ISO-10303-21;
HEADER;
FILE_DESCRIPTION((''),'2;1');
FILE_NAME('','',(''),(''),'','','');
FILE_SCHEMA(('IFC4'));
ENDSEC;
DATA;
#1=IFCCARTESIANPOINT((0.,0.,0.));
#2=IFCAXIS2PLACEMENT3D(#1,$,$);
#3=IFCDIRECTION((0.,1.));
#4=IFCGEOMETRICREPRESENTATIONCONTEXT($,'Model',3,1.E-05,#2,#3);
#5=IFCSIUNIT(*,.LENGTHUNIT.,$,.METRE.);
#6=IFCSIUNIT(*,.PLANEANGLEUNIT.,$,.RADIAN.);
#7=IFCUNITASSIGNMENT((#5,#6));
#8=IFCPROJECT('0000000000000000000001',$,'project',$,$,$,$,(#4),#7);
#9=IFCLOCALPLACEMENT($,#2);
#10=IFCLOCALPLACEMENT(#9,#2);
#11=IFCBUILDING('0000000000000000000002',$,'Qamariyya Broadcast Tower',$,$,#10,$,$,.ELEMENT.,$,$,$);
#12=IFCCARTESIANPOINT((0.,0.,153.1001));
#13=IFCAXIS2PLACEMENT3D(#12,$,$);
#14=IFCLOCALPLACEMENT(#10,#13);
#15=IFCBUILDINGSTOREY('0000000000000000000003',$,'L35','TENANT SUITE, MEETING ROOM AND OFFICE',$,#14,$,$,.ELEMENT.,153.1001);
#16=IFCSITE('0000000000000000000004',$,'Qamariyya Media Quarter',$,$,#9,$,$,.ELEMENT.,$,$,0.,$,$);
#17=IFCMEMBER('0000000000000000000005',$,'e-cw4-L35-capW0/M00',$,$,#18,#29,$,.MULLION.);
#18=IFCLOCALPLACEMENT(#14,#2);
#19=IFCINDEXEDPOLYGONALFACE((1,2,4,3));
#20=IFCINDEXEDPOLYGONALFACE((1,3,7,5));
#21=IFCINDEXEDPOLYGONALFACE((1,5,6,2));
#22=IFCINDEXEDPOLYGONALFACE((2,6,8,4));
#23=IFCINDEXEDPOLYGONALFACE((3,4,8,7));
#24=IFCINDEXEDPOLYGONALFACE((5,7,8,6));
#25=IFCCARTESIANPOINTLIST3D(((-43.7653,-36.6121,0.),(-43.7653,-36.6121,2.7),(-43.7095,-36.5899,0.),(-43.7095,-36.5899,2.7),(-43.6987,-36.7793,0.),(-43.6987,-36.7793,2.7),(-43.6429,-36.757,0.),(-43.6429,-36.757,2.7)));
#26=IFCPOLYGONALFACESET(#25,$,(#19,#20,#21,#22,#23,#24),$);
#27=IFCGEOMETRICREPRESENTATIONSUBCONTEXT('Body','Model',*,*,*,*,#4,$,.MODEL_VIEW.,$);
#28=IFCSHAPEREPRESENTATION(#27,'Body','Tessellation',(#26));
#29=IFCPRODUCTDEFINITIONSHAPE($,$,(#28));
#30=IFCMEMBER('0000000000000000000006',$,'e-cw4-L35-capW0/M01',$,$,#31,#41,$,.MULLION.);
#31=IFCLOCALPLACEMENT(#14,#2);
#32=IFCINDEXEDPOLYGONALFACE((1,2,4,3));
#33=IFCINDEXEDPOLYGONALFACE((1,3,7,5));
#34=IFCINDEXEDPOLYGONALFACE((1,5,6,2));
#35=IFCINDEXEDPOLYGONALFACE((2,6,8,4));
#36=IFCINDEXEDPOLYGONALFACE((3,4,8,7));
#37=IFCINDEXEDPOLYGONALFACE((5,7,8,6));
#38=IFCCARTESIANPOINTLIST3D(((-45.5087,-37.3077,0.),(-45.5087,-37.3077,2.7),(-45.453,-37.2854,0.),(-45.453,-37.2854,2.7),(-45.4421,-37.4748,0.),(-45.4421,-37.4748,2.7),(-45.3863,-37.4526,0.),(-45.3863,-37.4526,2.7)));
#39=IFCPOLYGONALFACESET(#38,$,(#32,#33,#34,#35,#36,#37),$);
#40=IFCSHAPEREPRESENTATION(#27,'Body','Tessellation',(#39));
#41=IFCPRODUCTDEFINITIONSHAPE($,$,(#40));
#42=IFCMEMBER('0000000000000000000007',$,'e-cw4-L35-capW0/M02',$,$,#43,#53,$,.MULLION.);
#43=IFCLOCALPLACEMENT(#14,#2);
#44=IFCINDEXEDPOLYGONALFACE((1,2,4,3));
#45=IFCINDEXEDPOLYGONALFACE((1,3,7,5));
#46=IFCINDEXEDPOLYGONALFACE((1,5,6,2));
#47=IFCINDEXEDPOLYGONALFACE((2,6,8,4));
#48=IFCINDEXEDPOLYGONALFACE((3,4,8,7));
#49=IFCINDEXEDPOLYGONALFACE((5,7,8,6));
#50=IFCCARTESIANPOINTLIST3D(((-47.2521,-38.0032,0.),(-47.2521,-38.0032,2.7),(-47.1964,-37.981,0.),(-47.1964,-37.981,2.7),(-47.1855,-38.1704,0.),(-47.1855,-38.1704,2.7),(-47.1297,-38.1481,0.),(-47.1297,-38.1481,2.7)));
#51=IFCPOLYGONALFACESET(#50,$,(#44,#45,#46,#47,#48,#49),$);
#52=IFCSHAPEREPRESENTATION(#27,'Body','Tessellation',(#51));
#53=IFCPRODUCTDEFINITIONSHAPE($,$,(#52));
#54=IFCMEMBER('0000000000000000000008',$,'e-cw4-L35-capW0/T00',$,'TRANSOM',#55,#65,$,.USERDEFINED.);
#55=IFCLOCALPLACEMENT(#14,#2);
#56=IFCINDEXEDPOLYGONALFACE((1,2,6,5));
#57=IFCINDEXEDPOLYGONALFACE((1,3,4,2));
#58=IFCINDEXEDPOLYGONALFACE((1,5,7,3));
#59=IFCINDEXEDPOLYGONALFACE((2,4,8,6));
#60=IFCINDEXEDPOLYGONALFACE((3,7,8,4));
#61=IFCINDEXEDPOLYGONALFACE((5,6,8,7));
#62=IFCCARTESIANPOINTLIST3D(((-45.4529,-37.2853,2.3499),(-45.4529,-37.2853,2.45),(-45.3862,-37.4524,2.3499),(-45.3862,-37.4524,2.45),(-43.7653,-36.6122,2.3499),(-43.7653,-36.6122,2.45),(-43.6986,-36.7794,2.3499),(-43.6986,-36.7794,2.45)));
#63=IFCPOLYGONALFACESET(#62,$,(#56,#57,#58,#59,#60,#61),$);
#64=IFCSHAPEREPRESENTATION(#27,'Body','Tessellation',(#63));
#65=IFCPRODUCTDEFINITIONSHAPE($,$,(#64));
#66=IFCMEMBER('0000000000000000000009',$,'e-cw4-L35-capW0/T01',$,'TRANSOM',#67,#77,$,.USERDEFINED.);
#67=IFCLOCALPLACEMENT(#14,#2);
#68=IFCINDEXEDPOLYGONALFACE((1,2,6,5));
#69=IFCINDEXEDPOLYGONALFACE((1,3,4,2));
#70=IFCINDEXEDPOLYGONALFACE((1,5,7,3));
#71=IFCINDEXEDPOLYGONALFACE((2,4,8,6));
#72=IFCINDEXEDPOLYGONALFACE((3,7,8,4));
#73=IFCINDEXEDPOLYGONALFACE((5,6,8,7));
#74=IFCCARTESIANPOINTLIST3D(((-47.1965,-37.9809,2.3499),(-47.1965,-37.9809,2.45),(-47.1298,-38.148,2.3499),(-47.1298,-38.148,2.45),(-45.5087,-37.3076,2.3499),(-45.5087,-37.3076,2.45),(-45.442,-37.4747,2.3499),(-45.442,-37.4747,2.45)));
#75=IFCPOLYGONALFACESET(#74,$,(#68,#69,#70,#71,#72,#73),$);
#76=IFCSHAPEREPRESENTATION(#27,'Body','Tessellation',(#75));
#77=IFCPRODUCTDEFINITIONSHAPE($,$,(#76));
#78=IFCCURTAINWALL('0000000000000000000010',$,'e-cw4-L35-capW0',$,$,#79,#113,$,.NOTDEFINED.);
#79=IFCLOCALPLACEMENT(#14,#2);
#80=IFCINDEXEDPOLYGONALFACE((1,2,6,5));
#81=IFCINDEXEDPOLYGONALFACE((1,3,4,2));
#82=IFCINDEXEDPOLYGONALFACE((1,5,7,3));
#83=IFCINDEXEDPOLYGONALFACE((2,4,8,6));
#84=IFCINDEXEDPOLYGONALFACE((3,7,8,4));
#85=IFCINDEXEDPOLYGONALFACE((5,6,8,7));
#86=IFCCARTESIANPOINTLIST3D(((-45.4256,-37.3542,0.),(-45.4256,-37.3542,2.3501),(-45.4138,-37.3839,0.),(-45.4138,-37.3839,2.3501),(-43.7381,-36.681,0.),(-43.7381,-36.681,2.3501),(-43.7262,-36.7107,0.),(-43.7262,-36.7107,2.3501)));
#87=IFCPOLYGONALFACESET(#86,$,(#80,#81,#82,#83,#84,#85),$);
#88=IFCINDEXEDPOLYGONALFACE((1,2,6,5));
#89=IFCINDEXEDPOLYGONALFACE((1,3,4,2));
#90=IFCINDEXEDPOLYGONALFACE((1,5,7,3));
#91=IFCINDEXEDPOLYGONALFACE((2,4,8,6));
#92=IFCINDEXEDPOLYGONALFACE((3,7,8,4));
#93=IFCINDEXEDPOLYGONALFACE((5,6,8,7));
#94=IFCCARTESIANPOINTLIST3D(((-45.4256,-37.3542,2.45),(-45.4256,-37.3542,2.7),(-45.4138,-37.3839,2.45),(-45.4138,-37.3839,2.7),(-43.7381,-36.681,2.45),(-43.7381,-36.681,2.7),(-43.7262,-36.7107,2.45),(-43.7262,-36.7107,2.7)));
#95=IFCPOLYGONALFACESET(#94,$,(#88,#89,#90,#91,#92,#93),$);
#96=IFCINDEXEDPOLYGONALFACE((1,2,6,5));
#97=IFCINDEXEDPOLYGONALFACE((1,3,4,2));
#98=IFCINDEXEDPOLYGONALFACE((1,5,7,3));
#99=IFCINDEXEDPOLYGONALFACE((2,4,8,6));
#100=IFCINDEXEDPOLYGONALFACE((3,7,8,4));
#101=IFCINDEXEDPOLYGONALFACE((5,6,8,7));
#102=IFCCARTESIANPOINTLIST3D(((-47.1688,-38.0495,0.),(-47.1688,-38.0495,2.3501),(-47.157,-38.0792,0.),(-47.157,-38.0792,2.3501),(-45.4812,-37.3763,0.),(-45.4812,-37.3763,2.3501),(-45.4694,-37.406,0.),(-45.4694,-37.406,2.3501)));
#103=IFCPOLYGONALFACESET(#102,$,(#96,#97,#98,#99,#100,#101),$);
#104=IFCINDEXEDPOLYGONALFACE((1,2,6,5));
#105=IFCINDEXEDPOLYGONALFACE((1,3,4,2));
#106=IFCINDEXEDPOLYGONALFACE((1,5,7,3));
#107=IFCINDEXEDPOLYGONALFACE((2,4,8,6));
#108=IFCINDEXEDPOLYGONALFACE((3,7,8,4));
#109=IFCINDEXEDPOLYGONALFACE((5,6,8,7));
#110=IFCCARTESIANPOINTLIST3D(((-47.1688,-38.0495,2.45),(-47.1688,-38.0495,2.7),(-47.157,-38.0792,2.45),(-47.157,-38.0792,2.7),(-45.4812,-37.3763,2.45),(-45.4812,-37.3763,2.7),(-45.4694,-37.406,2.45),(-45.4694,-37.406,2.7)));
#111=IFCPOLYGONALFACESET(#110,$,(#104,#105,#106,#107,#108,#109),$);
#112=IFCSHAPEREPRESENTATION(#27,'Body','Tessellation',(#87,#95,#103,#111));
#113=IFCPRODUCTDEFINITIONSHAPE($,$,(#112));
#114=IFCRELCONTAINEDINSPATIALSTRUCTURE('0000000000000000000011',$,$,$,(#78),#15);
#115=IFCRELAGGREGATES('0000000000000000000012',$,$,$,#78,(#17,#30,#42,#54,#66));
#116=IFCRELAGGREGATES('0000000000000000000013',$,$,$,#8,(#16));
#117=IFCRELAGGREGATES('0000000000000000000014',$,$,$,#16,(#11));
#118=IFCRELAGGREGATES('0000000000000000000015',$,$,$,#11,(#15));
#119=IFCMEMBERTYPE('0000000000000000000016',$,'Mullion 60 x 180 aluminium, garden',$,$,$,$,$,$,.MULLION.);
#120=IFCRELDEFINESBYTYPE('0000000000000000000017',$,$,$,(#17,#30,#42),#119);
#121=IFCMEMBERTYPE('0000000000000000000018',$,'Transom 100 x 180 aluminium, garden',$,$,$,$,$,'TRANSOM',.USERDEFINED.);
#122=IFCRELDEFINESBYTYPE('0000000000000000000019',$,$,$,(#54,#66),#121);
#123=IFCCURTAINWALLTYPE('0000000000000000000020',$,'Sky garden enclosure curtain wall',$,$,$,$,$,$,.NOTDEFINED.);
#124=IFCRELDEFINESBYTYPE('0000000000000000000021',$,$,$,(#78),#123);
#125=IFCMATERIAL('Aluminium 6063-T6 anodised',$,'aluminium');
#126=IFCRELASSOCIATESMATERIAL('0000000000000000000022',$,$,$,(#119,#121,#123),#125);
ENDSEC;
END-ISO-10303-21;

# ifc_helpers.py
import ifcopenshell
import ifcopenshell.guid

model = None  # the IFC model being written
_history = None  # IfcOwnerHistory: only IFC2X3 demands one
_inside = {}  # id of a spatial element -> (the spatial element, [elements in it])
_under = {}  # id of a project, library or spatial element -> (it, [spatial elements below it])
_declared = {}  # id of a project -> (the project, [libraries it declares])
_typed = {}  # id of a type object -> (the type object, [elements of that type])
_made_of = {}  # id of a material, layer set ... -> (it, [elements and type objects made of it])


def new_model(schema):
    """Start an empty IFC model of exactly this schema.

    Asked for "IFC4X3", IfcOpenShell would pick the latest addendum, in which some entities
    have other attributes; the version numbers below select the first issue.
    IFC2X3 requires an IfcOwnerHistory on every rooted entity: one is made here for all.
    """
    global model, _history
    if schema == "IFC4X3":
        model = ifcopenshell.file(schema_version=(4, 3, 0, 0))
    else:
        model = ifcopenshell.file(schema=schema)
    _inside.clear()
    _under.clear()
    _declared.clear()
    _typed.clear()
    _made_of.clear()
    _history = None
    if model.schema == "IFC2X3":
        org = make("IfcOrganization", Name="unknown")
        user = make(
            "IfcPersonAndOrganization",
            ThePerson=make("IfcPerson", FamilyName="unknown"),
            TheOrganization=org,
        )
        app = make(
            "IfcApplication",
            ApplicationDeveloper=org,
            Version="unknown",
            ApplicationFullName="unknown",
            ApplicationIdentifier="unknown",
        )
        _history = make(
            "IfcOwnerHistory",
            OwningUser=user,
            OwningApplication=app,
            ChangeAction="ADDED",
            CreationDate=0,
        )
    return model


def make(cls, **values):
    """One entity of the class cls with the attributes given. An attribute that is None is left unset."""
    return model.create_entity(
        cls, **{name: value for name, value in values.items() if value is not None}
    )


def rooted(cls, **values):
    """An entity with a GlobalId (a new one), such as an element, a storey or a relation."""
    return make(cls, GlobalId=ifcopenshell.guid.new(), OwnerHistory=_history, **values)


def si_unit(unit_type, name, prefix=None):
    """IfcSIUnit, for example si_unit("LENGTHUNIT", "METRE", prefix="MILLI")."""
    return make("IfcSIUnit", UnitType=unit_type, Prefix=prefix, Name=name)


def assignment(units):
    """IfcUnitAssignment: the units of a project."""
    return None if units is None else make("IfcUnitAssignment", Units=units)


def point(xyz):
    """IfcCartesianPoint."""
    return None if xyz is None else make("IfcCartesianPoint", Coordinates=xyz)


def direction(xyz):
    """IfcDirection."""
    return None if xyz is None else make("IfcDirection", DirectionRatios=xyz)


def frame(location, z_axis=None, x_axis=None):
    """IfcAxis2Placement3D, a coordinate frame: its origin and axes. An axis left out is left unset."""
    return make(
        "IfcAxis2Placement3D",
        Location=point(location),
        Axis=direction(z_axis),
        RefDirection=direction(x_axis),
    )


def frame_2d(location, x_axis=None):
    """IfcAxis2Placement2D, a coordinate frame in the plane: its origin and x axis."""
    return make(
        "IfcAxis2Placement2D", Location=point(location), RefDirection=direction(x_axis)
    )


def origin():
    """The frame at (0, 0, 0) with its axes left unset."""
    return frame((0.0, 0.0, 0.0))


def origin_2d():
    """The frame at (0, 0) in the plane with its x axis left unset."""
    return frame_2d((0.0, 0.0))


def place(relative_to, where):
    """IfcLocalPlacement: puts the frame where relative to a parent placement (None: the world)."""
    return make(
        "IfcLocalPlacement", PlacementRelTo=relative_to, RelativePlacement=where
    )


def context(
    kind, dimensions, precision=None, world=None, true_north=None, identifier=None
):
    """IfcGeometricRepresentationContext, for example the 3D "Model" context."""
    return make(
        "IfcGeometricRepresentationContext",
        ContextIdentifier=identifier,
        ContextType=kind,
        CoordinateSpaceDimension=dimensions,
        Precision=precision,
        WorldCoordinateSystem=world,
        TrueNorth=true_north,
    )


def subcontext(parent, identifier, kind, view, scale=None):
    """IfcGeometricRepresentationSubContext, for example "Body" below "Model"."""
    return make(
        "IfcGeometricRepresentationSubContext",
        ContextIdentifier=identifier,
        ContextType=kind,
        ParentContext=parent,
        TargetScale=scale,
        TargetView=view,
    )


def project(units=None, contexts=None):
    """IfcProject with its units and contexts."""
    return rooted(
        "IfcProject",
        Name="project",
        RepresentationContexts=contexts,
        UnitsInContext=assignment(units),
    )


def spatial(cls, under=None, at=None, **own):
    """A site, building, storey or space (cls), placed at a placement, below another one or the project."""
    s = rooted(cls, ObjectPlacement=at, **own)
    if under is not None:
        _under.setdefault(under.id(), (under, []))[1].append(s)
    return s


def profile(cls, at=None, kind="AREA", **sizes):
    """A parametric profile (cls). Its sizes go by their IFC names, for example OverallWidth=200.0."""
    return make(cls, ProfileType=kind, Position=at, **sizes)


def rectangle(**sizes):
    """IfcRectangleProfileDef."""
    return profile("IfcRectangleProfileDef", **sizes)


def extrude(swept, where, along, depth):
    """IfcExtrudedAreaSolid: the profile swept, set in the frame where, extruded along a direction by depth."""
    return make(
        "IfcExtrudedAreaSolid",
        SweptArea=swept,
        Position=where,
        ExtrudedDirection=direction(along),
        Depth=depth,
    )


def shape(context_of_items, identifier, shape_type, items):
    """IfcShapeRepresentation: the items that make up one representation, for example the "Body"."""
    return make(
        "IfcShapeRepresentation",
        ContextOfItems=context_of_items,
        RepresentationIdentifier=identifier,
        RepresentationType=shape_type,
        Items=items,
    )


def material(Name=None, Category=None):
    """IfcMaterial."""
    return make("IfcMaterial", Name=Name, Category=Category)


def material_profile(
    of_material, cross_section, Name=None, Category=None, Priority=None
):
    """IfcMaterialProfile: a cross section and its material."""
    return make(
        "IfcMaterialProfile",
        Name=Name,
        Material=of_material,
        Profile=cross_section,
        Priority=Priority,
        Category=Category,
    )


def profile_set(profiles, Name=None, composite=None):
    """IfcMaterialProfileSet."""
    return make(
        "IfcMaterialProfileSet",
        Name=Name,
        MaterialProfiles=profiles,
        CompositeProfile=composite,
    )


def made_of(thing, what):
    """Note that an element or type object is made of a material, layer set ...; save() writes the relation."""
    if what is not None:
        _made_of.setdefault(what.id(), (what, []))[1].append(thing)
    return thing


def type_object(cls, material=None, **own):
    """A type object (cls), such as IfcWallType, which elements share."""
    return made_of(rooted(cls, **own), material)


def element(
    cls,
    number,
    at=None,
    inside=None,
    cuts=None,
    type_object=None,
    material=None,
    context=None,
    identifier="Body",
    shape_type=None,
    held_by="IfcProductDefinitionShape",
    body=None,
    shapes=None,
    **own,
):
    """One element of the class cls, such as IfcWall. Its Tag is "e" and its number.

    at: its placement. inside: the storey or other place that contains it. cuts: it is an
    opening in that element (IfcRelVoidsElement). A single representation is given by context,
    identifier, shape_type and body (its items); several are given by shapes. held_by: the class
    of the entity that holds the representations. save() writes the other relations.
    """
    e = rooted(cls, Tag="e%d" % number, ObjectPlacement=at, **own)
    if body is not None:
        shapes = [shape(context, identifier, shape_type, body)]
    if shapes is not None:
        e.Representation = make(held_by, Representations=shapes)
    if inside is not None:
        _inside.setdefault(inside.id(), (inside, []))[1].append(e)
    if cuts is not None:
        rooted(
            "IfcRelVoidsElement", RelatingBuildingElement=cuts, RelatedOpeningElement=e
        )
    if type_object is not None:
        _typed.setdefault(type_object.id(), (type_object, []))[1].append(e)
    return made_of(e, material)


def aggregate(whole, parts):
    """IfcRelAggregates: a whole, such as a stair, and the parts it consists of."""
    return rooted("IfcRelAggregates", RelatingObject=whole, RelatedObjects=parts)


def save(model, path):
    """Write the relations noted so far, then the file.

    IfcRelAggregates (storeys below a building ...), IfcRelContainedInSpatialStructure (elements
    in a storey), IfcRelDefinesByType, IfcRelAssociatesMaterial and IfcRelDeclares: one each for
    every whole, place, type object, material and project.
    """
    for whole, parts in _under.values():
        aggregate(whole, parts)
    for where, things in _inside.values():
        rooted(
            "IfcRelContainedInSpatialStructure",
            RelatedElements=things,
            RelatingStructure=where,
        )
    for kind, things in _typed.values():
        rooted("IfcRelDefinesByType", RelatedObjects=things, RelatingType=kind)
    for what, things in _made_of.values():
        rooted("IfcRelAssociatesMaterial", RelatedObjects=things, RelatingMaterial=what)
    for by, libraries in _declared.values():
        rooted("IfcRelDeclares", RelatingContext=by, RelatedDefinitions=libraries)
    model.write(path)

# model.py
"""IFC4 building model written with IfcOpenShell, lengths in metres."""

from ifc_helpers import new_model, si_unit, direction, frame, origin, origin_2d, place, context, subcontext, project, spatial, rectangle, extrude, material, material_profile, profile_set, type_object, element, aggregate, save


model = new_model("IFC4")

# Units and contexts
model_context = context("Model", 3, precision=1e-05, world=origin(), true_north=direction((0.0, 1.0)))
body_context = subcontext(model_context, "Body", "Model", "MODEL_VIEW")
ifc_project = project(units=[si_unit("LENGTHUNIT", "METRE"), si_unit("PLANEANGLEUNIT", "RADIAN")], contexts=[model_context])

# Members
ifc_material_1 = material(Name="Aluminium 6063-T6 anodised", Category="aluminium")
ifc_material_profile_1 = material_profile(ifc_material_1, rectangle(XDim=0.1799, YDim=0.0601, at=origin_2d()))
ifc_profile_set_1 = profile_set([ifc_material_profile_1], Name="Aluminium 6063-T6 anodised")
member_type_1 = type_object("IfcMemberType", Name="Mullion 60 x 180 aluminium, garden", PredefinedType="MULLION", material=ifc_profile_set_1)
site_placement = place(None, origin())
building_placement = place(site_placement, origin())
storey_placement = place(building_placement, frame((0.0, 0.0, 153.1001)))
member_1_placement = place(storey_placement, frame((-43.7041, -36.6846, 0.0), z_axis=(0.0, 0.0, 1.0), x_axis=(0.370523, -0.928823, 0.0)))
member_1 = element("IfcMember", 1, at=member_1_placement, type_object=member_type_1, Name="e-cw4-L35-capW0/M00", PredefinedType="MULLION", context=body_context, shape_type="SweptSolid", body=[
    extrude(rectangle(XDim=0.1799, YDim=0.0601, at=origin_2d()), origin(), (0.0, 0.0, 1.0), 2.7),
])
member_2_placement = place(storey_placement, frame((-45.4475, -37.3801, 0.0), z_axis=(0.0, 0.0, 1.0), x_axis=(0.370523, -0.928823, 0.0)))
member_2 = element("IfcMember", 2, at=member_2_placement, type_object=member_type_1, Name="e-cw4-L35-capW0/M01", PredefinedType="MULLION", context=body_context, shape_type="SweptSolid", body=[
    extrude(rectangle(XDim=0.1799, YDim=0.0601, at=origin_2d()), origin(), (0.0, 0.0, 1.0), 2.7),
])
member_3_placement = place(storey_placement, frame((-47.1909, -38.0757, 0.0), z_axis=(0.0, 0.0, 1.0), x_axis=(0.370523, -0.928823, 0.0)))
member_3 = element("IfcMember", 3, at=member_3_placement, type_object=member_type_1, Name="e-cw4-L35-capW0/M02", PredefinedType="MULLION", context=body_context, shape_type="SweptSolid", body=[
    extrude(rectangle(XDim=0.1799, YDim=0.0601, at=origin_2d()), origin(), (0.0, 0.0, 1.0), 2.7),
])
ifc_material_profile_2 = material_profile(ifc_material_1, rectangle(XDim=0.1799, YDim=0.1001, at=origin_2d()))
ifc_profile_set_2 = profile_set([ifc_material_profile_2], Name="Aluminium 6063-T6 anodised")
member_type_2 = type_object("IfcMemberType", Name="Transom 100 x 180 aluminium, garden", ElementType="TRANSOM", PredefinedType="USERDEFINED", material=ifc_profile_set_2)
member_4_placement = place(storey_placement, frame((-43.7319, -36.6958, 2.3999), z_axis=(-0.928856, -0.370441, 0.0), x_axis=(0.370441, -0.928856, 0.0)))
member_4 = element("IfcMember", 4, at=member_4_placement, type_object=member_type_2, Name="e-cw4-L35-capW0/T00", ObjectType="TRANSOM", PredefinedType="USERDEFINED", context=body_context, shape_type="SweptSolid", body=[
    extrude(rectangle(XDim=0.1799, YDim=0.1001, at=origin_2d()), origin(), (0.0, 0.0, 1.0), 1.8169),
])
member_5_placement = place(storey_placement, frame((-45.4753, -37.3911, 2.3999), z_axis=(-0.92881, -0.370557, 0.0), x_axis=(0.370557, -0.92881, 0.0)))
member_5 = element("IfcMember", 5, at=member_5_placement, type_object=member_type_2, Name="e-cw4-L35-capW0/T01", ObjectType="TRANSOM", PredefinedType="USERDEFINED", context=body_context, shape_type="SweptSolid", body=[
    extrude(rectangle(XDim=0.1799, YDim=0.1001, at=origin_2d()), origin(), (0.0, 0.0, 1.0), 1.8171),
])

# Site, building, storey
site = spatial("IfcSite", under=ifc_project, at=site_placement, Name="Qamariyya Media Quarter", CompositionType="ELEMENT", RefElevation=0.0)
building = spatial("IfcBuilding", under=site, at=building_placement, Name="Qamariyya Broadcast Tower", CompositionType="ELEMENT")
storey = spatial("IfcBuildingStorey", under=building, at=storey_placement, Name="L35", Description="TENANT SUITE, MEETING ROOM AND OFFICE", CompositionType="ELEMENT", Elevation=153.1001)

# Curtain wall
curtain_wall_type_1 = type_object("IfcCurtainWallType", Name="Sky garden enclosure curtain wall", PredefinedType="NOTDEFINED", material=ifc_material_1)
curtain_wall_1_placement = place(storey_placement, origin())
curtain_wall_1 = element("IfcCurtainWall", 6, at=curtain_wall_1_placement, inside=storey, type_object=curtain_wall_type_1, Name="e-cw4-L35-capW0", PredefinedType="NOTDEFINED", context=body_context, shape_type="SweptSolid", body=[
    extrude(rectangle(XDim=1.8169, YDim=0.032, at=origin_2d()), frame((-44.5759, -37.0325, 0.0), x_axis=(-0.928829, -0.370508, 0.0)), (0.0, 0.0, 1.0), 2.3501),
    extrude(rectangle(XDim=1.8169, YDim=0.032, at=origin_2d()), frame((-44.5759, -37.0325, 2.45), x_axis=(-0.928829, -0.370508, 0.0)), (0.0, 0.0, 1.0), 0.25),
    extrude(rectangle(XDim=1.8169, YDim=0.032, at=origin_2d()), frame((-46.3191, -37.7278, 0.0), x_axis=(-0.928829, -0.370508, 0.0)), (0.0, 0.0, 1.0), 2.3501),
    extrude(rectangle(XDim=1.8169, YDim=0.032, at=origin_2d()), frame((-46.3191, -37.7278, 2.45), x_axis=(-0.928829, -0.370508, 0.0)), (0.0, 0.0, 1.0), 0.25),
])
aggregate(curtain_wall_1, [member_1, member_2, member_3, member_4, member_5])

save(model, "model.ifc")
